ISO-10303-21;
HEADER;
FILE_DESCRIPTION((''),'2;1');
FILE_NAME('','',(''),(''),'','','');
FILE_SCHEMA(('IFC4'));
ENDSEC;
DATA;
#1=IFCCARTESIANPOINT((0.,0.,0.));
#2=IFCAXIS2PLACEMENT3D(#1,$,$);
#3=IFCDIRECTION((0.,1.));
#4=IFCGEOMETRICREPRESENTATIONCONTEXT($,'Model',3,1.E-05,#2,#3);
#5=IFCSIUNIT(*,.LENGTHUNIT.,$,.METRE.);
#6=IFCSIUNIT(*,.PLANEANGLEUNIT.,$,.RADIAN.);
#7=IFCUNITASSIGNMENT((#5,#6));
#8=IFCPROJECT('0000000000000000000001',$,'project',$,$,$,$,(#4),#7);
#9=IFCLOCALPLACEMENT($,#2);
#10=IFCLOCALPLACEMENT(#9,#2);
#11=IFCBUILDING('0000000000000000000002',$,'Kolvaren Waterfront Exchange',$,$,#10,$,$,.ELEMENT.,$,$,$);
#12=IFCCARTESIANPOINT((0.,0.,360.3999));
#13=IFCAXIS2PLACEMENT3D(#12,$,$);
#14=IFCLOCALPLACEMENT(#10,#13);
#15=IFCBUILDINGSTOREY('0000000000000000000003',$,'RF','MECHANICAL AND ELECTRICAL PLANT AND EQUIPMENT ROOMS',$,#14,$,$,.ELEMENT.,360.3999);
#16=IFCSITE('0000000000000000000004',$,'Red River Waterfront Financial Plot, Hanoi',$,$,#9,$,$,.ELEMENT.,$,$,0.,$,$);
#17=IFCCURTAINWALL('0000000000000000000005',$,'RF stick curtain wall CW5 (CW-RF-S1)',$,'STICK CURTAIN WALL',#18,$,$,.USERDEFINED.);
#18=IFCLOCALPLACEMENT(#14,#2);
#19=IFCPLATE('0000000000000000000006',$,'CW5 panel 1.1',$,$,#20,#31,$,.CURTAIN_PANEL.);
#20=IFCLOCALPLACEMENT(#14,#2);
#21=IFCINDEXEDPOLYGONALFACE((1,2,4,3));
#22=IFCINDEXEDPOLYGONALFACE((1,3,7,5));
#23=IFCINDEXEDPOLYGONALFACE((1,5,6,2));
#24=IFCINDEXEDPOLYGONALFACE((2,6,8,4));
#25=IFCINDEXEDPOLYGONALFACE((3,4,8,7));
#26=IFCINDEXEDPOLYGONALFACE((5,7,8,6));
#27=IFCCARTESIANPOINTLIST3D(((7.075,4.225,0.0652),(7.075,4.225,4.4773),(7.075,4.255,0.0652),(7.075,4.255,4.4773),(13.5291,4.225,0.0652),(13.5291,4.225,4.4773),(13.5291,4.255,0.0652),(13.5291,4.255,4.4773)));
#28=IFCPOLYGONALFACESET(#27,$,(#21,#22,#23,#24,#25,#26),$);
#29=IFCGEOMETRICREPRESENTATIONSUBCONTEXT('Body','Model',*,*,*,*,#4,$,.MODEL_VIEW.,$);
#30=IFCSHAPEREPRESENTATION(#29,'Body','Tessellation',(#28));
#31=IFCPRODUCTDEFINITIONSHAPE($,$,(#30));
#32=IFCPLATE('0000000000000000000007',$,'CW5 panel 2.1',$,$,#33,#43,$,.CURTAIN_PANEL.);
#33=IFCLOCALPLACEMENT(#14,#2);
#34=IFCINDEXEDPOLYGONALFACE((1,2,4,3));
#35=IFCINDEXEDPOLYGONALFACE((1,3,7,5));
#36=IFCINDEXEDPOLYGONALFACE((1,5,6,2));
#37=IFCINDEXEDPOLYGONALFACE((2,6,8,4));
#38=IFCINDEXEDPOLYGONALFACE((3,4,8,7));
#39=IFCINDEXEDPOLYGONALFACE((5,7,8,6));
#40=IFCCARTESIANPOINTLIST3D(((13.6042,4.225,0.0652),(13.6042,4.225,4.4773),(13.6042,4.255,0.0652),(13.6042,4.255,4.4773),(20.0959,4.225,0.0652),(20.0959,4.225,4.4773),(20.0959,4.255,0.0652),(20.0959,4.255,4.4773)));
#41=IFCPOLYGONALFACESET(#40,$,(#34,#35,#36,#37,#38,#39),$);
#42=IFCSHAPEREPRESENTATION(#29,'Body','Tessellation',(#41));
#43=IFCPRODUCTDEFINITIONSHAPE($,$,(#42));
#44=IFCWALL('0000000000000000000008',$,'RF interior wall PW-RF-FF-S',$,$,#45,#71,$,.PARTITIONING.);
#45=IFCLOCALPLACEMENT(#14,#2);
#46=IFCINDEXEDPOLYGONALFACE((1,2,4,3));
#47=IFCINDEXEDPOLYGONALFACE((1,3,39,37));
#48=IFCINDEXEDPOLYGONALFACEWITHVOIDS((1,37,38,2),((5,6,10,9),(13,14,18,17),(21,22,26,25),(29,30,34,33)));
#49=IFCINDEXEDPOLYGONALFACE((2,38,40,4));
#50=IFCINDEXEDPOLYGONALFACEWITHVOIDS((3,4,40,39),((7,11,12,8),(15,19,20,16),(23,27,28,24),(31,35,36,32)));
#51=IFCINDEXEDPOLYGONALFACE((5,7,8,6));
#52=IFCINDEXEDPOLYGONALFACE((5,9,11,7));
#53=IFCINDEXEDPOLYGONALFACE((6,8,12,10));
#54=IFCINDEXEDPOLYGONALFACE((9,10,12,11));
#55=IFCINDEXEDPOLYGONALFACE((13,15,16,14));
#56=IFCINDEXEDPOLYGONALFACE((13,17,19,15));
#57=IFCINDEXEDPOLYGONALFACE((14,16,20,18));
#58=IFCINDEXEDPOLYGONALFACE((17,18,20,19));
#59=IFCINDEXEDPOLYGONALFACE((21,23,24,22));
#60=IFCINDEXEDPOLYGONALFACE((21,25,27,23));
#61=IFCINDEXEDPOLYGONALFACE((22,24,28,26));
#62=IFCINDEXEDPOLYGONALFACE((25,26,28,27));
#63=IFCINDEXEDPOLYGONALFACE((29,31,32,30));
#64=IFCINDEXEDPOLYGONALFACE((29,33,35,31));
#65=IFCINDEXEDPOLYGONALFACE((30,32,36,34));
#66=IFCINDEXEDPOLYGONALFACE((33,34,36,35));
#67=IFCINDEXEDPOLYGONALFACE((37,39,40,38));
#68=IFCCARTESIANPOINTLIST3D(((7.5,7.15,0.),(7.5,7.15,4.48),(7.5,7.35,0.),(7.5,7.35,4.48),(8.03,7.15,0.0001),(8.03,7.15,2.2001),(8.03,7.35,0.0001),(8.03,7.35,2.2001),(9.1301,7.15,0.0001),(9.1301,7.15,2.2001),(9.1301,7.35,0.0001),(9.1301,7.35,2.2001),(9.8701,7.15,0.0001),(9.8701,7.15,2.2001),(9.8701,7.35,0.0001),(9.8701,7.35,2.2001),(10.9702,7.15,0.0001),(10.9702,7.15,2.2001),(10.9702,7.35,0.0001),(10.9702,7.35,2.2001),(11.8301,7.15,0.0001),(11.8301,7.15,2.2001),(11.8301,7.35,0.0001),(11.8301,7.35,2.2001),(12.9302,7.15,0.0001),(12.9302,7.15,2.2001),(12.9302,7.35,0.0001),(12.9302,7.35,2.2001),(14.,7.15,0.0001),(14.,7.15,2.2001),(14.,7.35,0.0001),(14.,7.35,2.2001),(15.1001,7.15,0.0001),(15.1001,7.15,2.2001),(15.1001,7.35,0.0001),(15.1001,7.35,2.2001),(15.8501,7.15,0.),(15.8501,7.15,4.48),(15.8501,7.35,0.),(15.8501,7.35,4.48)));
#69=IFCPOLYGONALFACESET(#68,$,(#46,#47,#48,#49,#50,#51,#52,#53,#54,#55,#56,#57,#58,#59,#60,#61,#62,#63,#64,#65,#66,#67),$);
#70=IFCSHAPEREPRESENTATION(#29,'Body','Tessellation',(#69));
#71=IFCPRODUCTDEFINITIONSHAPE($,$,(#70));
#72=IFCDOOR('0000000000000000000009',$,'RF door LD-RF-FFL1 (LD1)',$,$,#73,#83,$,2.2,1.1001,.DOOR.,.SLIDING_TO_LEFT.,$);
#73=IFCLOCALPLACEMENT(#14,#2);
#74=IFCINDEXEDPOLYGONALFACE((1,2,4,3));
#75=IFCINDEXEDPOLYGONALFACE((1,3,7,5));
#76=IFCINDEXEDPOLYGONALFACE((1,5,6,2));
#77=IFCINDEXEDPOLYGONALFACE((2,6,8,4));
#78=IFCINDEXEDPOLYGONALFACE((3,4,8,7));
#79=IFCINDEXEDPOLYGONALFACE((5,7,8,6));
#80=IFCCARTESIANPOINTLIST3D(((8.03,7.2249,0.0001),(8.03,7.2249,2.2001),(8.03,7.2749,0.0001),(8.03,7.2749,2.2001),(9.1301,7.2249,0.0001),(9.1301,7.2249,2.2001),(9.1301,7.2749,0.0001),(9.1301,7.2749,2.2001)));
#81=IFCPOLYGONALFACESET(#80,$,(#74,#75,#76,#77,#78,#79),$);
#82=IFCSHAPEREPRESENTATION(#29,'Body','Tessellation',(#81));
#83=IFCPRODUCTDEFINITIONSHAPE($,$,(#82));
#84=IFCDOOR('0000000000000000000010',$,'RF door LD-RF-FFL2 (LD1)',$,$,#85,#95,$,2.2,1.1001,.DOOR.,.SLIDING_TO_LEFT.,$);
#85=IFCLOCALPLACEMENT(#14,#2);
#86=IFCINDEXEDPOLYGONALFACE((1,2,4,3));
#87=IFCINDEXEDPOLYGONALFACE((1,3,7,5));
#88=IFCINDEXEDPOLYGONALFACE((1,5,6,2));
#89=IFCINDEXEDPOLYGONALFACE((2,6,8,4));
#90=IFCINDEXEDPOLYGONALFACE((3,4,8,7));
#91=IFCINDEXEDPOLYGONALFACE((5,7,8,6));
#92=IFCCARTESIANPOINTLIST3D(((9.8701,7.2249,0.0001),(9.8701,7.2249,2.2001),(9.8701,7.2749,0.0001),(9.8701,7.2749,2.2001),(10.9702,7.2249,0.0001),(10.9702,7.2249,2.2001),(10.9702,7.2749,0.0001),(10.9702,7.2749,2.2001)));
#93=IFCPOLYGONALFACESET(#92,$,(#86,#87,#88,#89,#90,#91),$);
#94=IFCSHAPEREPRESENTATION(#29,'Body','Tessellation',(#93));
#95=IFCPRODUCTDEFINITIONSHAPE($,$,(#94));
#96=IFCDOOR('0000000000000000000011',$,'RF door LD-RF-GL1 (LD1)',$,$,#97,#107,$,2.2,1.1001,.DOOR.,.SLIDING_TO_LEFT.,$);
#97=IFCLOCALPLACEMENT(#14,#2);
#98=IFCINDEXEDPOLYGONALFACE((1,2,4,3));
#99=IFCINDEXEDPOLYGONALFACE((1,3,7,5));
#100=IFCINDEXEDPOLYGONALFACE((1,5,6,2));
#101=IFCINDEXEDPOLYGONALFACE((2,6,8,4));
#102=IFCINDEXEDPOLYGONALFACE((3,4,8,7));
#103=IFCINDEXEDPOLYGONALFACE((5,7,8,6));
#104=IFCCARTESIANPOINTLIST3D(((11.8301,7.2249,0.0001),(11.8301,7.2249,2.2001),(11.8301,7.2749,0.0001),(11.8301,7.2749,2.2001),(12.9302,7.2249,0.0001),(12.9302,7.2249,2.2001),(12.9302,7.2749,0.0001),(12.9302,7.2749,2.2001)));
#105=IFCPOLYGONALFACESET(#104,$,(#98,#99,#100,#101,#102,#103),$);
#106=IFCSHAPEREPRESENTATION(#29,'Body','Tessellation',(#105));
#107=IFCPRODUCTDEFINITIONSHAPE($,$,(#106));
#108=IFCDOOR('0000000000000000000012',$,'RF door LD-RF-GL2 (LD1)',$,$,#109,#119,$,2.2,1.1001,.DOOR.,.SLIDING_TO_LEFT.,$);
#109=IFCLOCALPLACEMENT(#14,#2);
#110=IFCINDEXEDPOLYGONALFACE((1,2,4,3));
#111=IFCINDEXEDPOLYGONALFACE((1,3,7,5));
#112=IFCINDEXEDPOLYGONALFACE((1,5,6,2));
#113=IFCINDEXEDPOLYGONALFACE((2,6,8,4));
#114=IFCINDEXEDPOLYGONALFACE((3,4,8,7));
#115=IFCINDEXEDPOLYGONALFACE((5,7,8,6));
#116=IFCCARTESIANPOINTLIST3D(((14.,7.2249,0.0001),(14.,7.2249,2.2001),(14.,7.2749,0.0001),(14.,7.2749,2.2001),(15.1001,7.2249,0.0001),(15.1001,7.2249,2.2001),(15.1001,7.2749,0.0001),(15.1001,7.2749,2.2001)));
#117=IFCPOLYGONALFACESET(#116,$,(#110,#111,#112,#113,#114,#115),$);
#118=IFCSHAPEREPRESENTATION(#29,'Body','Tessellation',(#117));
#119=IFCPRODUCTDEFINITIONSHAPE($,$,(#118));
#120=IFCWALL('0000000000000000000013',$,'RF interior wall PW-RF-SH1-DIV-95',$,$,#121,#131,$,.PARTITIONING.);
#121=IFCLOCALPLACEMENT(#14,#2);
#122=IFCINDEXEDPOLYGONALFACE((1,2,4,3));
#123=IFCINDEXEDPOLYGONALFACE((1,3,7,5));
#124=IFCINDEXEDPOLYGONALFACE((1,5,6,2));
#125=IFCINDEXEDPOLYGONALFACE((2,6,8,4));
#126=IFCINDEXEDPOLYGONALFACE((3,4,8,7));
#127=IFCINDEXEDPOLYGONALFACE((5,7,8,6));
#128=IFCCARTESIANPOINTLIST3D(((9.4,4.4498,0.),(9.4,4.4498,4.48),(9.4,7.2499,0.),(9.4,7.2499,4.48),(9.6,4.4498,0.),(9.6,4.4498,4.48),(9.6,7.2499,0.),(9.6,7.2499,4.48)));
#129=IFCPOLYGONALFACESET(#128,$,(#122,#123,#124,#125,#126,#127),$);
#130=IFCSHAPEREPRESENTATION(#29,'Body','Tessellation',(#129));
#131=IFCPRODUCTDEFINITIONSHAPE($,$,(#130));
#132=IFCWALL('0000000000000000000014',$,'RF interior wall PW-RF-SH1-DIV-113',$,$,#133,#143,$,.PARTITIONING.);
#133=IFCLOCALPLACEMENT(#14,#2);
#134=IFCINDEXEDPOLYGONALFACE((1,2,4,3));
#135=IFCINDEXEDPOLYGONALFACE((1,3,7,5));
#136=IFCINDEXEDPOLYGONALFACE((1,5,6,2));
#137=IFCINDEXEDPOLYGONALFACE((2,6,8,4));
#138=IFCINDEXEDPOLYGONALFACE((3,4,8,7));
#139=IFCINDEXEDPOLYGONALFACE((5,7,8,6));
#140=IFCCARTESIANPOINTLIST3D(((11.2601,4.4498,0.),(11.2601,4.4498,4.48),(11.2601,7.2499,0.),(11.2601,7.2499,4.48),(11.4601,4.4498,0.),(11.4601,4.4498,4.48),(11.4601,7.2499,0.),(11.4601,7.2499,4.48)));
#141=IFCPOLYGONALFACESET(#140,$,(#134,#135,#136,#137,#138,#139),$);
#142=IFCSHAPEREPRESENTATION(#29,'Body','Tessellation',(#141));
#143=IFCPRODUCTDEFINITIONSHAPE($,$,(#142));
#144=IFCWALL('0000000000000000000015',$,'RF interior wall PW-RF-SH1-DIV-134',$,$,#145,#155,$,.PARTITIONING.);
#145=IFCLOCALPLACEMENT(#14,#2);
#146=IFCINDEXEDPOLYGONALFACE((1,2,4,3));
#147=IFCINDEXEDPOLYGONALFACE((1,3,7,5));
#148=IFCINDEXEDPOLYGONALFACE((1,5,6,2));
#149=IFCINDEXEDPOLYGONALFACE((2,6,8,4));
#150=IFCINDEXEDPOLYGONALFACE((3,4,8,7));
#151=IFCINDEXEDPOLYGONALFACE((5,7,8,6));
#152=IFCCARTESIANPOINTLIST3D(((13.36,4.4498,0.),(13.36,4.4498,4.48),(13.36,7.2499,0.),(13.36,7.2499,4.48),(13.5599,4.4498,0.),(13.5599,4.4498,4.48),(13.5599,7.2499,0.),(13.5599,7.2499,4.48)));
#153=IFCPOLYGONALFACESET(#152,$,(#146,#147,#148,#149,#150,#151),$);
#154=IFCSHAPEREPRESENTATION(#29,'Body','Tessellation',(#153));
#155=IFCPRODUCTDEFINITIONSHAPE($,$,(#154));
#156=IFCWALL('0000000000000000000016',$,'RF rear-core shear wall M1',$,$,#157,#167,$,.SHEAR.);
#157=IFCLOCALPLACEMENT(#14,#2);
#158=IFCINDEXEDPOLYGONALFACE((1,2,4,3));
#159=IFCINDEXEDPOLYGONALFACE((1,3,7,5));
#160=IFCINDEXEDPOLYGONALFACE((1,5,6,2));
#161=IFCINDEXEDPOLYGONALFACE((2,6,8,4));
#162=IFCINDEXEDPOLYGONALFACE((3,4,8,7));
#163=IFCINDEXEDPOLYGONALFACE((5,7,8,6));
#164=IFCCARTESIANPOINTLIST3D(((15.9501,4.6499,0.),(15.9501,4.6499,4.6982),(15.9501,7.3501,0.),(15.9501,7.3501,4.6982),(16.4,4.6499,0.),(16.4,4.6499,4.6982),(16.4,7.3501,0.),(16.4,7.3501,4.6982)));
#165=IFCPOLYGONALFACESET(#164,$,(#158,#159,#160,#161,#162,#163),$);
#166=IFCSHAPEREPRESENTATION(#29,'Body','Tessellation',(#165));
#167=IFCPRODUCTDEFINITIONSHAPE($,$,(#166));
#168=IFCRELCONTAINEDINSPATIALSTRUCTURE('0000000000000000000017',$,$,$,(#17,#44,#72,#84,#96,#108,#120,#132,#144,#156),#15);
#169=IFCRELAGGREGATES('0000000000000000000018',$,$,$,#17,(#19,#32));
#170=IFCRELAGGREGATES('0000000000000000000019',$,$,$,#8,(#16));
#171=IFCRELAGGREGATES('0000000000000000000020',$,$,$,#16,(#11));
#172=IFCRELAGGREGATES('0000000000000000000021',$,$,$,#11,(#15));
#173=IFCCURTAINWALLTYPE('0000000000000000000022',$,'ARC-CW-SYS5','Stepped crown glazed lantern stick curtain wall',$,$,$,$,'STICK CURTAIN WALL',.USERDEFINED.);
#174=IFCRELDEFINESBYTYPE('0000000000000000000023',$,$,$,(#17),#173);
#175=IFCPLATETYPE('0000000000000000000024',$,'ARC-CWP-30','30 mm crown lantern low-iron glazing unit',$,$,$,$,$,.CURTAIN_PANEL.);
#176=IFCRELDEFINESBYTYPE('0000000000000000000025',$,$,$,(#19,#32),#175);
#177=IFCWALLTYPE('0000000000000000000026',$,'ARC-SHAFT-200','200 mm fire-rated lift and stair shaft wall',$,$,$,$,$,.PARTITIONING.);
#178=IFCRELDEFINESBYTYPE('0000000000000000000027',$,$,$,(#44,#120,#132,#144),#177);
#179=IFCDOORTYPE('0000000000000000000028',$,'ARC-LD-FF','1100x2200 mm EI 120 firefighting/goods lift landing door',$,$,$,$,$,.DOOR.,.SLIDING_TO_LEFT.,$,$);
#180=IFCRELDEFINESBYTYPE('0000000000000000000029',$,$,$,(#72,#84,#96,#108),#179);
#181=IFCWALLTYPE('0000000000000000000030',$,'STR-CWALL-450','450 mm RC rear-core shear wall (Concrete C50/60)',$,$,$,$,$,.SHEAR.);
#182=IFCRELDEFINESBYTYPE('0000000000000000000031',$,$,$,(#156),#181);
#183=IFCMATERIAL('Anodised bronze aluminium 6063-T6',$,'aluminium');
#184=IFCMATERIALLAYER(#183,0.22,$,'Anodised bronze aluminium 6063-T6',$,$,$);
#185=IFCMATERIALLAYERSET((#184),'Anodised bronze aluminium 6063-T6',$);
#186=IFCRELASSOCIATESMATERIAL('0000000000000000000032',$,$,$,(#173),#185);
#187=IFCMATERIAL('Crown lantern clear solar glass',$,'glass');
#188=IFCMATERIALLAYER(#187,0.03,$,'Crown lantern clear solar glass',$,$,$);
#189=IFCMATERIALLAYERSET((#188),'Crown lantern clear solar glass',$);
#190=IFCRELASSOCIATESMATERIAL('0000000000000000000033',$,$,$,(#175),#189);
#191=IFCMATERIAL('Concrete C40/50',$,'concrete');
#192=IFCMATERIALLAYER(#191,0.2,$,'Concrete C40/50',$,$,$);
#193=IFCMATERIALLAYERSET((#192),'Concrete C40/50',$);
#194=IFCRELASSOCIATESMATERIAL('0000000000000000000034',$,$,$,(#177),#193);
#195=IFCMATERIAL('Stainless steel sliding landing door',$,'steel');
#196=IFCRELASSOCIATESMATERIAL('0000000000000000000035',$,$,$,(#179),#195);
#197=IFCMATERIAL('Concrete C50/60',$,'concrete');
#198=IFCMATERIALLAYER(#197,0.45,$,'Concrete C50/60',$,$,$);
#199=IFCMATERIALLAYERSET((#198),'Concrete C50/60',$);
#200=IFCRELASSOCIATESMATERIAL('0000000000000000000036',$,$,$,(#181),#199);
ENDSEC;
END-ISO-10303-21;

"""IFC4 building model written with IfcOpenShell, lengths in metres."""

from ifc_helpers import new_model, si_unit, direction, frame, frame_2d, origin, origin_with_axes, origin_2d, place, context, subcontext, project, spatial, rectangle, extrude, source, transform, mapped, material, layer, layer_set, type_object, element, fill, aggregate, save


model = new_model("IFC4")

# Units and contexts
model_context = context("Model", 3, precision=1e-05, world=origin(), true_north=direction((0.0, 1.0)))
body_context = subcontext(model_context, "Body", "Model", "MODEL_VIEW")
ifc_project = project(units=[si_unit("LENGTHUNIT", "METRE"), si_unit("PLANEANGLEUNIT", "RADIAN")], contexts=[model_context])

# Site, building, storey
site_placement = place(None, origin())
site = spatial("IfcSite", under=ifc_project, at=site_placement, Name="Red River Waterfront Financial Plot, Hanoi", CompositionType="ELEMENT", RefElevation=0.0)
building_placement = place(site_placement, origin())
building = spatial("IfcBuilding", under=site, at=building_placement, Name="Kolvaren Waterfront Exchange", CompositionType="ELEMENT")
storey_placement = place(building_placement, frame((0.0, 0.0, 360.3999)))
storey = spatial("IfcBuildingStorey", under=building, at=storey_placement, Name="RF", Description="MECHANICAL AND ELECTRICAL PLANT AND EQUIPMENT ROOMS", CompositionType="ELEMENT", Elevation=360.3999)

# Shared definitions
ifc_material_1 = material(Name="Concrete C50/60", Category="concrete")

# Curtain wall
ifc_material_2 = material(Name="Anodised bronze aluminium 6063-T6", Category="aluminium")
ifc_layer_1 = layer(ifc_material_2, 0.22, Name="Anodised bronze aluminium 6063-T6")
ifc_layer_set_1 = layer_set([ifc_layer_1], Name="Anodised bronze aluminium 6063-T6")
curtain_wall_type = type_object("IfcCurtainWallType", Name="ARC-CW-SYS5", Description="Stepped crown glazed lantern stick curtain wall", ElementType="STICK CURTAIN WALL", PredefinedType="USERDEFINED", material=ifc_layer_set_1)
curtain_wall_placement = place(storey_placement, origin())
curtain_wall = element("IfcCurtainWall", 1, at=curtain_wall_placement, inside=storey, type_object=curtain_wall_type, Name="RF stick curtain wall CW5 (CW-RF-S1)", ObjectType="STICK CURTAIN WALL", PredefinedType="USERDEFINED")

# Plates
ifc_material_3 = material(Name="Crown lantern clear solar glass", Category="glass")
ifc_layer_2 = layer(ifc_material_3, 0.03, Name="Crown lantern clear solar glass")
ifc_layer_set_2 = layer_set([ifc_layer_2], Name="Crown lantern clear solar glass")
plate_type_1 = type_object("IfcPlateType", Name="ARC-CWP-30", Description="30 mm crown lantern low-iron glazing unit", PredefinedType="CURTAIN_PANEL", material=ifc_layer_set_2)
shared_shape_1 = source(origin_with_axes(), body_context, "Body", "SweptSolid", [
    extrude(rectangle(XDim=6.4541, YDim=0.03, at=origin_2d()), origin(), (0.0, 0.0, 1.0), 4.4121),
])
plate_1_placement = place(storey_placement, frame((10.302, 4.24, 0.0652), z_axis=(0.0, 0.0, 1.0), x_axis=(1.0, 0.0, 0.0)))
plate_1 = element("IfcPlate", 2, at=plate_1_placement, type_object=plate_type_1, Name="CW5 panel 1.1", PredefinedType="CURTAIN_PANEL", context=body_context, shape_type="MappedRepresentation", body=[
    mapped(shared_shape_1, transform((0.0, 0.0, 0.0), x_axis=(1.0, 0.0, 0.0), y_axis=(0.0, 1.0, 0.0), z_axis=(0.0, 0.0, 1.0), scale=1.0)),
])
shared_shape_2 = source(origin_with_axes(), body_context, "Body", "SweptSolid", [
    extrude(rectangle(XDim=6.4917, YDim=0.03, at=origin_2d()), origin(), (0.0, 0.0, 1.0), 4.4121),
])
plate_2_placement = place(storey_placement, frame((16.8501, 4.24, 0.0652), z_axis=(0.0, 0.0, 1.0), x_axis=(1.0, 0.0, 0.0)))
plate_2 = element("IfcPlate", 3, at=plate_2_placement, type_object=plate_type_1, Name="CW5 panel 2.1", PredefinedType="CURTAIN_PANEL", context=body_context, shape_type="MappedRepresentation", body=[
    mapped(shared_shape_2, transform((0.0, 0.0, 0.0), x_axis=(1.0, 0.0, 0.0), y_axis=(0.0, 1.0, 0.0), z_axis=(0.0, 0.0, 1.0), scale=1.0)),
])
aggregate(curtain_wall, [plate_1, plate_2])

# Wall, openings, doors
ifc_material_4 = material(Name="Concrete C40/50", Category="concrete")
ifc_layer_3 = layer(ifc_material_4, 0.2, Name="Concrete C40/50")
ifc_layer_set_3 = layer_set([ifc_layer_3], Name="Concrete C40/50")
wall_type_1 = type_object("IfcWallType", Name="ARC-SHAFT-200", Description="200 mm fire-rated lift and stair shaft wall", PredefinedType="PARTITIONING", material=ifc_layer_set_3)
wall_1_placement = place(storey_placement, frame((7.5, 7.25, 0.0), z_axis=(0.0, 0.0, 1.0), x_axis=(1.0, 0.0, 0.0)))
wall_1 = element("IfcWall", 4, at=wall_1_placement, inside=storey, type_object=wall_type_1, Name="RF interior wall PW-RF-FF-S", PredefinedType="PARTITIONING", context=body_context, shape_type="SweptSolid", body=[
    extrude(rectangle(XDim=8.3501, YDim=0.2, at=frame_2d((4.175, 0.0))), origin(), (0.0, 0.0, 1.0), 4.48),
])
opening_1_placement = place(wall_1_placement, frame((0.53, 0.0, 0.0)))
opening_1 = element("IfcOpeningElement", 5, at=opening_1_placement, cuts=wall_1, PredefinedType="OPENING", context=body_context, shape_type="SweptSolid", body=[
    extrude(rectangle(XDim=1.1001, YDim=2.2, at=frame_2d((0.55, 1.1001))), frame((0.0, 0.1099, 0.0), z_axis=(0.0, -1.0, 0.0), x_axis=(1.0, 0.0, 0.0)), (0.0, 0.0, 1.0), 0.22),
])
opening_2_placement = place(wall_1_placement, frame((2.3701, 0.0, 0.0)))
opening_2 = element("IfcOpeningElement", 6, at=opening_2_placement, cuts=wall_1, PredefinedType="OPENING", context=body_context, shape_type="SweptSolid", body=[
    extrude(rectangle(XDim=1.1001, YDim=2.2, at=frame_2d((0.55, 1.1001))), frame((0.0, 0.1099, 0.0), z_axis=(0.0, -1.0, 0.0), x_axis=(1.0, 0.0, 0.0)), (0.0, 0.0, 1.0), 0.22),
])
opening_3_placement = place(wall_1_placement, frame((4.3301, 0.0, 0.0)))
opening_3 = element("IfcOpeningElement", 7, at=opening_3_placement, cuts=wall_1, PredefinedType="OPENING", context=body_context, shape_type="SweptSolid", body=[
    extrude(rectangle(XDim=1.1001, YDim=2.2, at=frame_2d((0.55, 1.1001))), frame((0.0, 0.1099, 0.0), z_axis=(0.0, -1.0, 0.0), x_axis=(1.0, 0.0, 0.0)), (0.0, 0.0, 1.0), 0.22),
])
opening_4_placement = place(wall_1_placement, frame((6.5, 0.0, 0.0)))
opening_4 = element("IfcOpeningElement", 8, at=opening_4_placement, cuts=wall_1, PredefinedType="OPENING", context=body_context, shape_type="SweptSolid", body=[
    extrude(rectangle(XDim=1.1001, YDim=2.2, at=frame_2d((0.55, 1.1001))), frame((0.0, 0.1099, 0.0), z_axis=(0.0, -1.0, 0.0), x_axis=(1.0, 0.0, 0.0)), (0.0, 0.0, 1.0), 0.22),
])
ifc_material_5 = material(Name="Stainless steel sliding landing door", Category="steel")
door_type = type_object("IfcDoorType", Name="ARC-LD-FF", Description="1100x2200 mm EI 120 firefighting/goods lift landing door", OperationType="SLIDING_TO_LEFT", PredefinedType="DOOR", material=ifc_material_5)
door_1_placement = place(opening_1_placement, origin())
door_1 = element("IfcDoor", 9, at=door_1_placement, inside=storey, type_object=door_type, Name="RF door LD-RF-FFL1 (LD1)", OperationType="SLIDING_TO_LEFT", OverallHeight=2.2, OverallWidth=1.1001, PredefinedType="DOOR", context=body_context, shape_type="SweptSolid", body=[
    extrude(rectangle(XDim=1.1001, YDim=2.2, at=frame_2d((0.55, 1.1001))), frame((0.0, 0.0249, 0.0), z_axis=(0.0, -1.0, 0.0), x_axis=(1.0, 0.0, 0.0)), (0.0, 0.0, 1.0), 0.05),
])
fill(opening_1, door_1)
door_2_placement = place(opening_2_placement, origin())
door_2 = element("IfcDoor", 10, at=door_2_placement, inside=storey, type_object=door_type, Name="RF door LD-RF-FFL2 (LD1)", OperationType="SLIDING_TO_LEFT", OverallHeight=2.2, OverallWidth=1.1001, PredefinedType="DOOR", context=body_context, shape_type="SweptSolid", body=[
    extrude(rectangle(XDim=1.1001, YDim=2.2, at=frame_2d((0.55, 1.1001))), frame((0.0, 0.0249, 0.0), z_axis=(0.0, -1.0, 0.0), x_axis=(1.0, 0.0, 0.0)), (0.0, 0.0, 1.0), 0.05),
])
fill(opening_2, door_2)
door_3_placement = place(opening_3_placement, origin())
door_3 = element("IfcDoor", 11, at=door_3_placement, inside=storey, type_object=door_type, Name="RF door LD-RF-GL1 (LD1)", OperationType="SLIDING_TO_LEFT", OverallHeight=2.2, OverallWidth=1.1001, PredefinedType="DOOR", context=body_context, shape_type="SweptSolid", body=[
    extrude(rectangle(XDim=1.1001, YDim=2.2, at=frame_2d((0.55, 1.1001))), frame((0.0, 0.0249, 0.0), z_axis=(0.0, -1.0, 0.0), x_axis=(1.0, 0.0, 0.0)), (0.0, 0.0, 1.0), 0.05),
])
fill(opening_3, door_3)
door_4_placement = place(opening_4_placement, origin())
door_4 = element("IfcDoor", 12, at=door_4_placement, inside=storey, type_object=door_type, Name="RF door LD-RF-GL2 (LD1)", OperationType="SLIDING_TO_LEFT", OverallHeight=2.2, OverallWidth=1.1001, PredefinedType="DOOR", context=body_context, shape_type="SweptSolid", body=[
    extrude(rectangle(XDim=1.1001, YDim=2.2, at=frame_2d((0.55, 1.1001))), frame((0.0, 0.0249, 0.0), z_axis=(0.0, -1.0, 0.0), x_axis=(1.0, 0.0, 0.0)), (0.0, 0.0, 1.0), 0.05),
])
fill(opening_4, door_4)

# Walls
for number, where, z_axis, x_axis, name in (
    (13, (9.5, 4.45, 0.0), (0.0, 0.0, 1.0), (0.0, 1.0, 0.0), "RF interior wall PW-RF-SH1-DIV-95"),
    (14, (11.3601, 4.45, 0.0), (0.0, 0.0, 1.0), (0.0, 1.0, 0.0), "RF interior wall PW-RF-SH1-DIV-113"),
    (15, (13.46, 4.45, 0.0), (0.0, 0.0, 1.0), (0.0, 1.0, 0.0), "RF interior wall PW-RF-SH1-DIV-134"),
):
    element("IfcWall", number, at=place(storey_placement, frame(where, z_axis=z_axis, x_axis=x_axis)), inside=storey, type_object=wall_type_1, Name=name, PredefinedType="PARTITIONING", context=body_context, shape_type="SweptSolid", body=[
        extrude(rectangle(XDim=2.8, YDim=0.2, at=frame_2d((1.3999, 0.0))), origin(), (0.0, 0.0, 1.0), 4.48),
    ])
ifc_layer_4 = layer(ifc_material_1, 0.45, Name="Concrete C50/60")
ifc_layer_set_4 = layer_set([ifc_layer_4], Name="Concrete C50/60")
wall_type_2 = type_object("IfcWallType", Name="STR-CWALL-450", Description="450 mm RC rear-core shear wall (Concrete C50/60)", PredefinedType="SHEAR", material=ifc_layer_set_4)
wall_2_placement = place(storey_placement, frame((16.175, 4.6499, 0.0), z_axis=(0.0, 0.0, 1.0), x_axis=(0.0, 1.0, 0.0)))
element("IfcWall", 16, at=wall_2_placement, inside=storey, type_object=wall_type_2, Name="RF rear-core shear wall M1", PredefinedType="SHEAR", context=body_context, shape_type="SweptSolid", body=[
    extrude(rectangle(XDim=2.7002, YDim=0.45, at=frame_2d((1.3501, 0.0))), origin(), (0.0, 0.0, 1.0), 4.6982),
])

save(model, "model.ifc")
